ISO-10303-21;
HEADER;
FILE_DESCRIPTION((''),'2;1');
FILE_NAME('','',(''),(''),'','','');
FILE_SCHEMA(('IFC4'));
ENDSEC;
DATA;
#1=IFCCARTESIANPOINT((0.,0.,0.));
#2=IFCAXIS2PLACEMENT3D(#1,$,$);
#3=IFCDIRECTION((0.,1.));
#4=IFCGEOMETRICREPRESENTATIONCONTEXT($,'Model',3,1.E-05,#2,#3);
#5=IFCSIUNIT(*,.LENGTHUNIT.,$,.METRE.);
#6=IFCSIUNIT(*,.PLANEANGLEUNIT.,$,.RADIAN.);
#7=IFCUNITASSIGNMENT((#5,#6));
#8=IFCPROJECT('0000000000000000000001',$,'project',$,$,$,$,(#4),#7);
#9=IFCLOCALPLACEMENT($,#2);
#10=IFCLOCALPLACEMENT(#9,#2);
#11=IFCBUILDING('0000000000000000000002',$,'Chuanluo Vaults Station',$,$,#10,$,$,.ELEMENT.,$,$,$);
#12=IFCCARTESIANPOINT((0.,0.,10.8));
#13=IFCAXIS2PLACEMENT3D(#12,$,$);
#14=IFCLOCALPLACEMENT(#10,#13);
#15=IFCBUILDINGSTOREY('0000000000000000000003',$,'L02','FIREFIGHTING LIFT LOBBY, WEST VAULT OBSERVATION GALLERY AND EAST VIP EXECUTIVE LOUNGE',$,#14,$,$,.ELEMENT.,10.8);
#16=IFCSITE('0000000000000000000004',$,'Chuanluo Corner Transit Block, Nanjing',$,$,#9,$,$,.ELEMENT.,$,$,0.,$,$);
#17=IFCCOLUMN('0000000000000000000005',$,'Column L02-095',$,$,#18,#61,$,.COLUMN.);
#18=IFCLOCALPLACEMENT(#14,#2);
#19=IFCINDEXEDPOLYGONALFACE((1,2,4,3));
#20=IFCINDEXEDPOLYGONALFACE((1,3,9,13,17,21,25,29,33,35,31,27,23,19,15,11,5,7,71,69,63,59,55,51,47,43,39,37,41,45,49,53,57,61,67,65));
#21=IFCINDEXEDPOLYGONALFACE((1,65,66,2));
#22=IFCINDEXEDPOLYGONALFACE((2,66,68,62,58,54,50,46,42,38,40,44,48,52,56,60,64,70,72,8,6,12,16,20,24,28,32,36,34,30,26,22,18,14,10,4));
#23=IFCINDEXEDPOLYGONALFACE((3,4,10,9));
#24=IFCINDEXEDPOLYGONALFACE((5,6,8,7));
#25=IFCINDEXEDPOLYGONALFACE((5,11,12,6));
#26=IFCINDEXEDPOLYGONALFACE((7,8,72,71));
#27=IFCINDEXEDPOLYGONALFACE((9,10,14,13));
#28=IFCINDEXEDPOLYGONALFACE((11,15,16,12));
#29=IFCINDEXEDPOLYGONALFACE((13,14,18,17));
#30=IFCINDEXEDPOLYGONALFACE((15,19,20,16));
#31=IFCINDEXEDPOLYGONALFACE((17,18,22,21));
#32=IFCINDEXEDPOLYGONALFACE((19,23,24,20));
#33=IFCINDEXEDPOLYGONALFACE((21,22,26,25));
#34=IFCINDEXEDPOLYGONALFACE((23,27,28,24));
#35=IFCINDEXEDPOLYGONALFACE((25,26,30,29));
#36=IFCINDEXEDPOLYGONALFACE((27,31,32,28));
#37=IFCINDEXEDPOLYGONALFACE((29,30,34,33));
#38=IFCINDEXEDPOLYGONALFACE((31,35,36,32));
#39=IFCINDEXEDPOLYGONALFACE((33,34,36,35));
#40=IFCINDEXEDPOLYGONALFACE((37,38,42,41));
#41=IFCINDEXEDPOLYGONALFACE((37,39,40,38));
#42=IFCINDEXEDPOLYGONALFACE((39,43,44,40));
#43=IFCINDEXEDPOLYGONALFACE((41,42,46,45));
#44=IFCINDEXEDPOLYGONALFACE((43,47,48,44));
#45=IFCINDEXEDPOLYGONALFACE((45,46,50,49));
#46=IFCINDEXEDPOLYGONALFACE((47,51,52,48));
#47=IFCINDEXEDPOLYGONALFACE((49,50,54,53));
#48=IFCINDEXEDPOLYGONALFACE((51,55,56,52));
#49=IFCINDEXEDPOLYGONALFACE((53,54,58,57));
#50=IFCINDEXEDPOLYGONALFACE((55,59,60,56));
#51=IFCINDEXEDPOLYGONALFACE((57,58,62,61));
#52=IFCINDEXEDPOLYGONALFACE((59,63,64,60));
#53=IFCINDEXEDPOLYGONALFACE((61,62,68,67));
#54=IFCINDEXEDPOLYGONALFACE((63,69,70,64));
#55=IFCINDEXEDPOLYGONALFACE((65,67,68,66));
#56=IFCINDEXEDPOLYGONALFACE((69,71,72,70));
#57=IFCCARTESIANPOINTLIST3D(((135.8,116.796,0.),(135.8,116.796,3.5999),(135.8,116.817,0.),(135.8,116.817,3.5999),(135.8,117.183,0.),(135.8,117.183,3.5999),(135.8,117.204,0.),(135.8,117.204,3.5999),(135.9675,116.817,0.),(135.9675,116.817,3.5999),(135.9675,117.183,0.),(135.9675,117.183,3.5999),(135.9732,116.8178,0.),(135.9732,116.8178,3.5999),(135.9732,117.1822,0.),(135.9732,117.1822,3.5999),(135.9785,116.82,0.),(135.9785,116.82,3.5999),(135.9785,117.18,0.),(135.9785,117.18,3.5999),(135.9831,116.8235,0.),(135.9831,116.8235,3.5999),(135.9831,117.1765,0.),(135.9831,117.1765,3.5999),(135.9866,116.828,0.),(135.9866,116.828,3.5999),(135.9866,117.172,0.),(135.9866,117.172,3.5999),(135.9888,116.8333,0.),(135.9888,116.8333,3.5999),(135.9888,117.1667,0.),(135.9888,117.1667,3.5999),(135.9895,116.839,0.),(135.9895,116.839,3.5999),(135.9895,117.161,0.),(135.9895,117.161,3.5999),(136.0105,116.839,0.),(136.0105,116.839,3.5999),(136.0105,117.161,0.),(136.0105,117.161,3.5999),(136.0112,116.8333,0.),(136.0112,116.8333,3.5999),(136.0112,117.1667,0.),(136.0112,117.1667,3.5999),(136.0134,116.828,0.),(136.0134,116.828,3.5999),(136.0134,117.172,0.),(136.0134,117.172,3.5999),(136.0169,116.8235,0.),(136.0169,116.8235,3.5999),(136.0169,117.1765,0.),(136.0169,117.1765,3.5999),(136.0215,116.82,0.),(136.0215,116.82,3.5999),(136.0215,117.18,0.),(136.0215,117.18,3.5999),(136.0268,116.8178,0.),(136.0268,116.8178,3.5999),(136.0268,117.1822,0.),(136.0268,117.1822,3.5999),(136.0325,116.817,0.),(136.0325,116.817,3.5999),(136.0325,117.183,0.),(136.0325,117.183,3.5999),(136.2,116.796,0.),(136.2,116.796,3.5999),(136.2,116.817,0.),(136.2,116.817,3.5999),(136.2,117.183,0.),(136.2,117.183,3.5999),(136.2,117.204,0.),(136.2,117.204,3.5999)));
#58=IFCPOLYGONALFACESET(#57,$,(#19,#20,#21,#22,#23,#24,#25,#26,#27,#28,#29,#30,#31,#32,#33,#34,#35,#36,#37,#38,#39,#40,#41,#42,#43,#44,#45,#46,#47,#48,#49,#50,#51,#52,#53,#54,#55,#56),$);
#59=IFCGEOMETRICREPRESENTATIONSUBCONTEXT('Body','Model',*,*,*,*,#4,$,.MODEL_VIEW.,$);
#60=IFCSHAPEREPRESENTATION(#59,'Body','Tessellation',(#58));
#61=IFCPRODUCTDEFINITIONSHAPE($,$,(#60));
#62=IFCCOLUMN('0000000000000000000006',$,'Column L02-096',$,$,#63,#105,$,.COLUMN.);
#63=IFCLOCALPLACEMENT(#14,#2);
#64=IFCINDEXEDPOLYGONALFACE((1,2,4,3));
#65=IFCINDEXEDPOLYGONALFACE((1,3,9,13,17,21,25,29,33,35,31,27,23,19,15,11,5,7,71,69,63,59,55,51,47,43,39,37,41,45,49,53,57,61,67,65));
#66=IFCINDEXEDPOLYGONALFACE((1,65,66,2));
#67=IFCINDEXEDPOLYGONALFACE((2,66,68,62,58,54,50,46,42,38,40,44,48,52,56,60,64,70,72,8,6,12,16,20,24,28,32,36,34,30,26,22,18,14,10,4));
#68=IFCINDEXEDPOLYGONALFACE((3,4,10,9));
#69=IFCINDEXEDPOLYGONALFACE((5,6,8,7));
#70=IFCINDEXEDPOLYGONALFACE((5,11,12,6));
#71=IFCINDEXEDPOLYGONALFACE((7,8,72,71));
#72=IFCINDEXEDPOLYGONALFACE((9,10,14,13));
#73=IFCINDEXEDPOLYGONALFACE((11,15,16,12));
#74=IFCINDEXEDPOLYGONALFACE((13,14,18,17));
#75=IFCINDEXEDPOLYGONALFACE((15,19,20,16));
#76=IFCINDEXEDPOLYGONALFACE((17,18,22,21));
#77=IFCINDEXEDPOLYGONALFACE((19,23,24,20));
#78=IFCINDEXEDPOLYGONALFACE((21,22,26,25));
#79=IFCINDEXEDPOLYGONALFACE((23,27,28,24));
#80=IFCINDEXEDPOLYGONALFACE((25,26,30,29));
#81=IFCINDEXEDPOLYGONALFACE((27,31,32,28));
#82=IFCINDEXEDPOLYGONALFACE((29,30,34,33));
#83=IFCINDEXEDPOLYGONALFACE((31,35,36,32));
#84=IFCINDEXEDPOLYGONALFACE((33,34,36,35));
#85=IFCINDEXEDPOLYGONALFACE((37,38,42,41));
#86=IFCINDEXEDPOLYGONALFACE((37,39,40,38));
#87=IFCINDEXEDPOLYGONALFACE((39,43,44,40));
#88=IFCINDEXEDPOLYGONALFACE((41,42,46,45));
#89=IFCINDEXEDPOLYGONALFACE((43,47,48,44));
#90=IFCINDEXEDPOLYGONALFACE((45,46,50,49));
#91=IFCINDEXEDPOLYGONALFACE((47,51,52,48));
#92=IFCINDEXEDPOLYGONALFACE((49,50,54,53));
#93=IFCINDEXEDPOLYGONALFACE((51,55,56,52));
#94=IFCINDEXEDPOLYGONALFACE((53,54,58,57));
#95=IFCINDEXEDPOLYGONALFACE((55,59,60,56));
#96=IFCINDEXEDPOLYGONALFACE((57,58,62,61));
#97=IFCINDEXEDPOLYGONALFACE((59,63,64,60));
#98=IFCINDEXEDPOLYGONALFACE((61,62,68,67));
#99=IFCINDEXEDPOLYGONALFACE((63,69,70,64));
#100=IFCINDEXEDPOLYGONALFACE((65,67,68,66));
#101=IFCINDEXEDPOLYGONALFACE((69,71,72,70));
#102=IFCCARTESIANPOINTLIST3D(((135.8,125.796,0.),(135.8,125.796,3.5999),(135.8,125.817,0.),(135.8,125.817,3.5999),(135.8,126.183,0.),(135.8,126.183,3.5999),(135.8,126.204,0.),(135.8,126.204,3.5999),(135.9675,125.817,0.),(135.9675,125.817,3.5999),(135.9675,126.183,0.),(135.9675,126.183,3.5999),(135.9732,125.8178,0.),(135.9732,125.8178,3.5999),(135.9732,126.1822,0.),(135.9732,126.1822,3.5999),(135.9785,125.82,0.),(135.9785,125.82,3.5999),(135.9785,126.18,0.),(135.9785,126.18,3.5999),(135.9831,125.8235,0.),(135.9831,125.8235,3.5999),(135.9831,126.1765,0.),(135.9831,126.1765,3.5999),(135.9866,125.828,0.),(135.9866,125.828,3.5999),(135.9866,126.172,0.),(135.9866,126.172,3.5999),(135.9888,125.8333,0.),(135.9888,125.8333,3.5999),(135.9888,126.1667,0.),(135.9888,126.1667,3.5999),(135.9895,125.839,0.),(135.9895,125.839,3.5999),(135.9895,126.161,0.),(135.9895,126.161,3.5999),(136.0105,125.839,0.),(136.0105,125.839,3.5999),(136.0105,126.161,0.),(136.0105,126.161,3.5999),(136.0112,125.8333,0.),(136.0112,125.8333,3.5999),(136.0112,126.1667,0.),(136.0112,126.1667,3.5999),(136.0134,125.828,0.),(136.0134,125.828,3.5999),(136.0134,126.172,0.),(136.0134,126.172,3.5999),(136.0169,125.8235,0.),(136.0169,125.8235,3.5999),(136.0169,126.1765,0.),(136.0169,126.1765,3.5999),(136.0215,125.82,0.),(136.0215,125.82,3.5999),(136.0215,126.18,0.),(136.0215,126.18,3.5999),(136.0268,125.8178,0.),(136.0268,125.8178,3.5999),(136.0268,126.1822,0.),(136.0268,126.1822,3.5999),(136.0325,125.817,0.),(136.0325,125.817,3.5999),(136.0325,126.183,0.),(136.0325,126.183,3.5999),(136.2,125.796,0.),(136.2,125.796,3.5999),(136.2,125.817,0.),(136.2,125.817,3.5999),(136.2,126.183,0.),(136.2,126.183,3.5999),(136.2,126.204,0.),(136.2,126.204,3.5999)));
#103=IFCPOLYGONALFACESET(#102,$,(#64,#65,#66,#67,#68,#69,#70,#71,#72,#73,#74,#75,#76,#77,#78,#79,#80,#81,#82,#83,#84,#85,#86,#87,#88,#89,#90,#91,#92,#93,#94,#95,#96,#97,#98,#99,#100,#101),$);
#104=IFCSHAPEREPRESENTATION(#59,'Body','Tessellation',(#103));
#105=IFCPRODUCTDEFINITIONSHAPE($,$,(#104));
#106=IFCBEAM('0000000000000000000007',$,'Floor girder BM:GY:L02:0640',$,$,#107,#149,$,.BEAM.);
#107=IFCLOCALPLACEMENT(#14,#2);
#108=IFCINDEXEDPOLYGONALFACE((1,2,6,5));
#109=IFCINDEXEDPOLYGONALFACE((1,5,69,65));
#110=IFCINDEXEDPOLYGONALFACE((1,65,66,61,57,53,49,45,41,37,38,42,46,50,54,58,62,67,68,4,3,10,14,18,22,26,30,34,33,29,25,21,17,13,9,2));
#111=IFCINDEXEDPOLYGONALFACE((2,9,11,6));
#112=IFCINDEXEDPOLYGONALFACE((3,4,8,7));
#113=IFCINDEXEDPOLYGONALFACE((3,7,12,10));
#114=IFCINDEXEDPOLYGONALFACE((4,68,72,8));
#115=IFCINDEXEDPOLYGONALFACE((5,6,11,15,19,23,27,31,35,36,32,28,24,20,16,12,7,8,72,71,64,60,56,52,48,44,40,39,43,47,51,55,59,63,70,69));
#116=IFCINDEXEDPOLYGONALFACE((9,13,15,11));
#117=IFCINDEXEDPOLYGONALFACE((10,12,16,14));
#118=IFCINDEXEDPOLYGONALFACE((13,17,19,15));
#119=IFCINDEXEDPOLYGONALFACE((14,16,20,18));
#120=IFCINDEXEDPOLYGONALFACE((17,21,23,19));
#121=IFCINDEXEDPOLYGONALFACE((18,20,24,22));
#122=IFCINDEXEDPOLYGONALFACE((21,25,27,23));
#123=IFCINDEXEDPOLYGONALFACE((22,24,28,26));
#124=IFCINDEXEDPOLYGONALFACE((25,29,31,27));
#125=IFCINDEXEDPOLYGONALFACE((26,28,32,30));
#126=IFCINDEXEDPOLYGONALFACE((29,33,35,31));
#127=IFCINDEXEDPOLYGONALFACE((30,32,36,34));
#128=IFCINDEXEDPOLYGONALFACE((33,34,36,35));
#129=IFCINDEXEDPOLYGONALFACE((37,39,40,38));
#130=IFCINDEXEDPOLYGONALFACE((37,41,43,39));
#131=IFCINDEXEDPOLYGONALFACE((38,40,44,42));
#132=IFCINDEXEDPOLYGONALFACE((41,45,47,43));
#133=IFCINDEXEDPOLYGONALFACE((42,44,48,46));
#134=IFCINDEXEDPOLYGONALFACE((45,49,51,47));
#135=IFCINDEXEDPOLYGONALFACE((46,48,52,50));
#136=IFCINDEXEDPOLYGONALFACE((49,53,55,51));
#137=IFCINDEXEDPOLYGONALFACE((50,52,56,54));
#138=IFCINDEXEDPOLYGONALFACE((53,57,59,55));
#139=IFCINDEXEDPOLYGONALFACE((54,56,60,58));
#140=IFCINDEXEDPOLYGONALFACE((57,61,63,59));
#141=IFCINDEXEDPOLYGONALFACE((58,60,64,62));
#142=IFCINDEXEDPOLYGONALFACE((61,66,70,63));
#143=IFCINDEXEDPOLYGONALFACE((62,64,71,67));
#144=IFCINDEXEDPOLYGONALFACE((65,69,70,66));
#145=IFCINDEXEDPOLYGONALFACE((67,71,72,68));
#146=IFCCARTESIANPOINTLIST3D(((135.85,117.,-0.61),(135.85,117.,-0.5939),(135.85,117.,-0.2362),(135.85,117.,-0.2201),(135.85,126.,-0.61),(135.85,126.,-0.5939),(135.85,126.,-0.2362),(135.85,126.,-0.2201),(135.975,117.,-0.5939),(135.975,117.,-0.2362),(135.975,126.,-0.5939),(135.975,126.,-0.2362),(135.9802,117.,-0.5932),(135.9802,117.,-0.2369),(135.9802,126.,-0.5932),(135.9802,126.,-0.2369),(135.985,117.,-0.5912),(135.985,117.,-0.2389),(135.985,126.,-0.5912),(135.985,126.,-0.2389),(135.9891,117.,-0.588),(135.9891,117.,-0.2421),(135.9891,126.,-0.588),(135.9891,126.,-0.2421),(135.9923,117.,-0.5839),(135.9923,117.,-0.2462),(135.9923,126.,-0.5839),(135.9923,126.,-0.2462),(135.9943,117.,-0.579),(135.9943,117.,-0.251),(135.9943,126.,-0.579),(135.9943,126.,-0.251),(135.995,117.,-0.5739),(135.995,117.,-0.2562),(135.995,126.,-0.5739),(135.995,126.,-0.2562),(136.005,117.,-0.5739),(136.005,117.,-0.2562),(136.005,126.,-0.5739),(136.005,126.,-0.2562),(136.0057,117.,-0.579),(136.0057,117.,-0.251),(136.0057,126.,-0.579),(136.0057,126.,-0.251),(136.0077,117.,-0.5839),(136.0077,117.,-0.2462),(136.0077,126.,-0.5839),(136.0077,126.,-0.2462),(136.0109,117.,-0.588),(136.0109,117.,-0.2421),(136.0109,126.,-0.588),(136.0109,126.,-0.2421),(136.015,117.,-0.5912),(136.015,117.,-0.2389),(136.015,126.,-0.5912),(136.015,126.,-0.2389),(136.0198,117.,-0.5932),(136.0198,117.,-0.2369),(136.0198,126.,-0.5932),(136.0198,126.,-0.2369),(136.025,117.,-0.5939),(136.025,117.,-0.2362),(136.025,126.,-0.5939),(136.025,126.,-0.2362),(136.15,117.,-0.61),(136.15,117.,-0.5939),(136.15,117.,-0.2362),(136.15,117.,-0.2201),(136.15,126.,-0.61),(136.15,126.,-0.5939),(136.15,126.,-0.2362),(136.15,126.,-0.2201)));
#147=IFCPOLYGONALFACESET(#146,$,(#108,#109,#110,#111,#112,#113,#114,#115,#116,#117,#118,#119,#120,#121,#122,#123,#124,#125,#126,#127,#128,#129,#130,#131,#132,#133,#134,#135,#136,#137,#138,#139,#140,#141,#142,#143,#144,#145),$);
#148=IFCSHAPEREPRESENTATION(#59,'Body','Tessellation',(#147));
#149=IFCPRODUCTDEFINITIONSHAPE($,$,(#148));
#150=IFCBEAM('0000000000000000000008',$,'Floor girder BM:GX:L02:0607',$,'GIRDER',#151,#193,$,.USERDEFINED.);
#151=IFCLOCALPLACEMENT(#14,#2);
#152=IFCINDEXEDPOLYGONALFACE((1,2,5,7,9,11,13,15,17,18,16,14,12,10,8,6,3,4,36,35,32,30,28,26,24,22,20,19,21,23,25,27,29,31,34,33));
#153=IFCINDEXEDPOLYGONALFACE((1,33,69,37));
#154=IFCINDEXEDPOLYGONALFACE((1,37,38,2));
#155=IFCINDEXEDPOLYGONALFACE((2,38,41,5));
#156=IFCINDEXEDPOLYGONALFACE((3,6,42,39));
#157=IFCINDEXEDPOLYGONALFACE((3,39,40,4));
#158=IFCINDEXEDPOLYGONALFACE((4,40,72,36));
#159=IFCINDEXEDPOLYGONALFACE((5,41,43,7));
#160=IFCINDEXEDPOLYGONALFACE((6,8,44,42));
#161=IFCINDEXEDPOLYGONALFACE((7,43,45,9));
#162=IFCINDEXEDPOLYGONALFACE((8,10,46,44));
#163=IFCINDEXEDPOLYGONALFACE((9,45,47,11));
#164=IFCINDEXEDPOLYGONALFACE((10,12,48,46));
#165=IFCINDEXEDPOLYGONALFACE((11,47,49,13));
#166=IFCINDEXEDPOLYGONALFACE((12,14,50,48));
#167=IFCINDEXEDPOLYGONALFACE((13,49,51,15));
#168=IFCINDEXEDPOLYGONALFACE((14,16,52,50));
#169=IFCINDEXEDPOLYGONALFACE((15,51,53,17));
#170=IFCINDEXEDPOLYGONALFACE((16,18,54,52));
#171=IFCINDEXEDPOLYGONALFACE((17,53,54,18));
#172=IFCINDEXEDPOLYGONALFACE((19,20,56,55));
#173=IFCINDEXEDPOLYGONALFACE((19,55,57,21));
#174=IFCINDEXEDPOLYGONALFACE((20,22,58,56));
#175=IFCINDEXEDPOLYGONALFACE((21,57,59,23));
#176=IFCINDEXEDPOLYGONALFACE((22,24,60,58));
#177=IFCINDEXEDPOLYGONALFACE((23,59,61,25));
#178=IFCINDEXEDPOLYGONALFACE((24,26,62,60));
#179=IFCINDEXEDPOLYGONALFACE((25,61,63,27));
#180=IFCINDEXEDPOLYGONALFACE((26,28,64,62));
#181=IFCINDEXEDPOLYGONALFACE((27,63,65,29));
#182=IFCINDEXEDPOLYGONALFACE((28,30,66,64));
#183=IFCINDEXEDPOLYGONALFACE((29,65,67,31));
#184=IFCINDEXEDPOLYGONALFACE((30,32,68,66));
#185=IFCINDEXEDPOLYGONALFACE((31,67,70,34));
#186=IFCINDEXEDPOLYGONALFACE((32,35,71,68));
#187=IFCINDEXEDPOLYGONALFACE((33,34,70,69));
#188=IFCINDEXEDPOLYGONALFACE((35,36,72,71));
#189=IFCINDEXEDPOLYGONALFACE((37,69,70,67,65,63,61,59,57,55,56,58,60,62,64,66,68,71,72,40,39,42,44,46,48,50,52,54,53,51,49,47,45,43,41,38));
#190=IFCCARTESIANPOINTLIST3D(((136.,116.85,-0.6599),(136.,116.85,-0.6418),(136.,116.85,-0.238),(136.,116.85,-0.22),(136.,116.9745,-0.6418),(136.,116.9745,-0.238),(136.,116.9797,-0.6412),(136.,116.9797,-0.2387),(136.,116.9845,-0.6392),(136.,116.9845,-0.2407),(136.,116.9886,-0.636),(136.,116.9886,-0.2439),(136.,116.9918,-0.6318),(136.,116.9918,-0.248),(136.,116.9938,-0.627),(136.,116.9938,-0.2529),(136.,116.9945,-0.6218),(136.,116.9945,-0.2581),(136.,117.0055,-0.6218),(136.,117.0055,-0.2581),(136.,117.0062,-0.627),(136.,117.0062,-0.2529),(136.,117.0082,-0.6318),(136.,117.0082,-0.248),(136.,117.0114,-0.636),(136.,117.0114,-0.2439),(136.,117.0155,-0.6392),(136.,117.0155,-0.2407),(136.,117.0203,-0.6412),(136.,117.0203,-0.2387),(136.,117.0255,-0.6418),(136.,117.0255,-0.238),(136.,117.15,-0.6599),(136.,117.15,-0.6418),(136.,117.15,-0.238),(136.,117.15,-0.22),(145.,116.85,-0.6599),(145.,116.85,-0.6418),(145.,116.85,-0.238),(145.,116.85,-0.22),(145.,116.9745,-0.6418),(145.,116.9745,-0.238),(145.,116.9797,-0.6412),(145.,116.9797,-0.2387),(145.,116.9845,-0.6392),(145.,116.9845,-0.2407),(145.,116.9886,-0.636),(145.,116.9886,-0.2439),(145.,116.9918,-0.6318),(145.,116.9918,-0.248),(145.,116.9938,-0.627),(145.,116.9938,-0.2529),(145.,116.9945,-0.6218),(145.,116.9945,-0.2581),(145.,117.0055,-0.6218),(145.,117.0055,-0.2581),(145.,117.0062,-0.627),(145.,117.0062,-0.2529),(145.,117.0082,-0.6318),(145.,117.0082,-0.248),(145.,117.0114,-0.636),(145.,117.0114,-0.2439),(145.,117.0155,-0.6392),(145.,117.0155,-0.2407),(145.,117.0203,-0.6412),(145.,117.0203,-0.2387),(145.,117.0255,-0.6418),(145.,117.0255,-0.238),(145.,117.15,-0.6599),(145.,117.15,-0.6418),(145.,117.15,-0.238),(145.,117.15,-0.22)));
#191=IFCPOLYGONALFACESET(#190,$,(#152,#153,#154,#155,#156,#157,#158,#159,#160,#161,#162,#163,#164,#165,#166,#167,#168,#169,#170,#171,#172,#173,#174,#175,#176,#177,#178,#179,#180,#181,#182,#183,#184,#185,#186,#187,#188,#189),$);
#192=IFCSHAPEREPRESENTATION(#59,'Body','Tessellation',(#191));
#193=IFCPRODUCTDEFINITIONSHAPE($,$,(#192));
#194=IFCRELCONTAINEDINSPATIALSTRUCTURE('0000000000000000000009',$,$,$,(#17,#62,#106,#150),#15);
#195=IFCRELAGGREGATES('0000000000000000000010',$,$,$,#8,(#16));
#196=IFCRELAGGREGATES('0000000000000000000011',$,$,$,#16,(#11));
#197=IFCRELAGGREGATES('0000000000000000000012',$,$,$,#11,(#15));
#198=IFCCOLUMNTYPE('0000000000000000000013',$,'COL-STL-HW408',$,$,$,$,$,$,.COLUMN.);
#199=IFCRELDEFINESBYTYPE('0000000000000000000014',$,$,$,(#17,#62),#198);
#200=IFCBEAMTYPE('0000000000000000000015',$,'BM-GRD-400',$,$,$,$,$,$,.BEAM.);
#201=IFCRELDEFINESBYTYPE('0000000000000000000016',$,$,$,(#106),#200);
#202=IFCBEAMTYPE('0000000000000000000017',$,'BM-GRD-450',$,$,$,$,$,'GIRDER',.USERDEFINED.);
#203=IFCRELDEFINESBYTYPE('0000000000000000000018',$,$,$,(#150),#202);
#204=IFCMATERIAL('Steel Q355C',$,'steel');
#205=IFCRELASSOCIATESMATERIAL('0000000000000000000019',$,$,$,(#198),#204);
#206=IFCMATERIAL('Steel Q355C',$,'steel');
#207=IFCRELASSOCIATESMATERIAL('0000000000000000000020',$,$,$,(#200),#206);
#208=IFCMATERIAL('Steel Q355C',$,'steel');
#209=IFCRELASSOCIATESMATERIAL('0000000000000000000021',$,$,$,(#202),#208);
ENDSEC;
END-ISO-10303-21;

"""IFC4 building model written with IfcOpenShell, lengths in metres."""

from ifc_helpers import new_model, si_unit, direction, frame, origin, origin_2d, place, context, subcontext, project, spatial, i_section, extrude, material, material_profile, profile_set, type_object, element, save


model = new_model("IFC4")

# Units and contexts
model_context = context("Model", 3, precision=1e-05, world=origin(), true_north=direction((0.0, 1.0)))
body_context = subcontext(model_context, "Body", "Model", "MODEL_VIEW")
ifc_project = project(units=[si_unit("LENGTHUNIT", "METRE"), si_unit("PLANEANGLEUNIT", "RADIAN")], contexts=[model_context])

# Site, building, storey
site_placement = place(None, origin())
site = spatial("IfcSite", under=ifc_project, at=site_placement, Name="Chuanluo Corner Transit Block, Nanjing", CompositionType="ELEMENT", RefElevation=0.0)
building_placement = place(site_placement, origin())
building = spatial("IfcBuilding", under=site, at=building_placement, Name="Chuanluo Vaults Station", CompositionType="ELEMENT")
storey_placement = place(building_placement, frame((0.0, 0.0, 10.8)))
storey = spatial("IfcBuildingStorey", under=building, at=storey_placement, Name="L02", Description="FIREFIGHTING LIFT LOBBY, WEST VAULT OBSERVATION GALLERY AND EAST VIP EXECUTIVE LOUNGE", CompositionType="ELEMENT", Elevation=10.8)

# Columns
ifc_material_1 = material(Name="Steel Q355C", Category="steel")
ifc_material_profile_1 = material_profile(ifc_material_1, i_section(OverallWidth=0.3999, OverallDepth=0.408, WebThickness=0.021, FlangeThickness=0.021, FilletRadius=0.022, at=origin_2d()))
ifc_profile_set_1 = profile_set([ifc_material_profile_1], Name="Steel Q355C")
column_type = type_object("IfcColumnType", Name="COL-STL-HW408", PredefinedType="COLUMN", material=ifc_profile_set_1)
for number, where, z_axis, x_axis, name in (
    (1, (136.0, 117.0, 0.0), (0.0, 0.0, 1.0), (1.0, 0.0, 0.0), "Column L02-095"),
    (2, (136.0, 126.0, 0.0), (0.0, 0.0, 1.0), (1.0, 0.0, 0.0), "Column L02-096"),
):
    element("IfcColumn", number, at=place(storey_placement, frame(where, z_axis=z_axis, x_axis=x_axis)), inside=storey, type_object=column_type, Name=name, PredefinedType="COLUMN", context=body_context, shape_type="SweptSolid", body=[
        extrude(i_section(OverallWidth=0.3999, OverallDepth=0.408, WebThickness=0.021, FlangeThickness=0.021, FilletRadius=0.022, at=origin_2d()), origin(), (0.0, 0.0, 1.0), 3.5999),
    ])

# Beams
ifc_material_2 = material(Name="Steel Q355C", Category="steel")
ifc_material_profile_2 = material_profile(ifc_material_2, i_section(OverallWidth=0.3, OverallDepth=0.3899, WebThickness=0.01, FlangeThickness=0.0161, FilletRadius=0.02, at=origin_2d()))
ifc_profile_set_2 = profile_set([ifc_material_profile_2], Name="Steel Q355C")
beam_type_1 = type_object("IfcBeamType", Name="BM-GRD-400", PredefinedType="BEAM", material=ifc_profile_set_2)
beam_1_placement = place(storey_placement, frame((136.0, 117.0, -0.415), z_axis=(0.0, 1.0, 0.0), x_axis=(-1.0, 0.0, 0.0)))
element("IfcBeam", 3, at=beam_1_placement, inside=storey, type_object=beam_type_1, Name="Floor girder BM:GY:L02:0640", PredefinedType="BEAM", context=body_context, shape_type="SweptSolid", body=[
    extrude(i_section(OverallWidth=0.3, OverallDepth=0.3899, WebThickness=0.01, FlangeThickness=0.0161, FilletRadius=0.02, at=origin_2d()), origin(), (0.0, 0.0, 1.0), 9.0),
])
ifc_material_3 = material(Name="Steel Q355C", Category="steel")
ifc_material_profile_3 = material_profile(ifc_material_3, i_section(OverallWidth=0.3, OverallDepth=0.4399, WebThickness=0.011, FlangeThickness=0.0181, FilletRadius=0.02, at=origin_2d()))
ifc_profile_set_3 = profile_set([ifc_material_profile_3], Name="Steel Q355C")
beam_type_2 = type_object("IfcBeamType", Name="BM-GRD-450", ElementType="GIRDER", PredefinedType="USERDEFINED", material=ifc_profile_set_3)
beam_2_placement = place(storey_placement, frame((136.0, 117.0, -0.4399), z_axis=(1.0, 0.0, 0.0), x_axis=(0.0, 1.0, 0.0)))
element("IfcBeam", 4, at=beam_2_placement, inside=storey, type_object=beam_type_2, Name="Floor girder BM:GX:L02:0607", ObjectType="GIRDER", PredefinedType="USERDEFINED", context=body_context, shape_type="SweptSolid", body=[
    extrude(i_section(OverallWidth=0.3, OverallDepth=0.4399, WebThickness=0.011, FlangeThickness=0.0181, FilletRadius=0.02, at=origin_2d()), origin(), (0.0, 0.0, 1.0), 9.0),
])

save(model, "model.ifc")
